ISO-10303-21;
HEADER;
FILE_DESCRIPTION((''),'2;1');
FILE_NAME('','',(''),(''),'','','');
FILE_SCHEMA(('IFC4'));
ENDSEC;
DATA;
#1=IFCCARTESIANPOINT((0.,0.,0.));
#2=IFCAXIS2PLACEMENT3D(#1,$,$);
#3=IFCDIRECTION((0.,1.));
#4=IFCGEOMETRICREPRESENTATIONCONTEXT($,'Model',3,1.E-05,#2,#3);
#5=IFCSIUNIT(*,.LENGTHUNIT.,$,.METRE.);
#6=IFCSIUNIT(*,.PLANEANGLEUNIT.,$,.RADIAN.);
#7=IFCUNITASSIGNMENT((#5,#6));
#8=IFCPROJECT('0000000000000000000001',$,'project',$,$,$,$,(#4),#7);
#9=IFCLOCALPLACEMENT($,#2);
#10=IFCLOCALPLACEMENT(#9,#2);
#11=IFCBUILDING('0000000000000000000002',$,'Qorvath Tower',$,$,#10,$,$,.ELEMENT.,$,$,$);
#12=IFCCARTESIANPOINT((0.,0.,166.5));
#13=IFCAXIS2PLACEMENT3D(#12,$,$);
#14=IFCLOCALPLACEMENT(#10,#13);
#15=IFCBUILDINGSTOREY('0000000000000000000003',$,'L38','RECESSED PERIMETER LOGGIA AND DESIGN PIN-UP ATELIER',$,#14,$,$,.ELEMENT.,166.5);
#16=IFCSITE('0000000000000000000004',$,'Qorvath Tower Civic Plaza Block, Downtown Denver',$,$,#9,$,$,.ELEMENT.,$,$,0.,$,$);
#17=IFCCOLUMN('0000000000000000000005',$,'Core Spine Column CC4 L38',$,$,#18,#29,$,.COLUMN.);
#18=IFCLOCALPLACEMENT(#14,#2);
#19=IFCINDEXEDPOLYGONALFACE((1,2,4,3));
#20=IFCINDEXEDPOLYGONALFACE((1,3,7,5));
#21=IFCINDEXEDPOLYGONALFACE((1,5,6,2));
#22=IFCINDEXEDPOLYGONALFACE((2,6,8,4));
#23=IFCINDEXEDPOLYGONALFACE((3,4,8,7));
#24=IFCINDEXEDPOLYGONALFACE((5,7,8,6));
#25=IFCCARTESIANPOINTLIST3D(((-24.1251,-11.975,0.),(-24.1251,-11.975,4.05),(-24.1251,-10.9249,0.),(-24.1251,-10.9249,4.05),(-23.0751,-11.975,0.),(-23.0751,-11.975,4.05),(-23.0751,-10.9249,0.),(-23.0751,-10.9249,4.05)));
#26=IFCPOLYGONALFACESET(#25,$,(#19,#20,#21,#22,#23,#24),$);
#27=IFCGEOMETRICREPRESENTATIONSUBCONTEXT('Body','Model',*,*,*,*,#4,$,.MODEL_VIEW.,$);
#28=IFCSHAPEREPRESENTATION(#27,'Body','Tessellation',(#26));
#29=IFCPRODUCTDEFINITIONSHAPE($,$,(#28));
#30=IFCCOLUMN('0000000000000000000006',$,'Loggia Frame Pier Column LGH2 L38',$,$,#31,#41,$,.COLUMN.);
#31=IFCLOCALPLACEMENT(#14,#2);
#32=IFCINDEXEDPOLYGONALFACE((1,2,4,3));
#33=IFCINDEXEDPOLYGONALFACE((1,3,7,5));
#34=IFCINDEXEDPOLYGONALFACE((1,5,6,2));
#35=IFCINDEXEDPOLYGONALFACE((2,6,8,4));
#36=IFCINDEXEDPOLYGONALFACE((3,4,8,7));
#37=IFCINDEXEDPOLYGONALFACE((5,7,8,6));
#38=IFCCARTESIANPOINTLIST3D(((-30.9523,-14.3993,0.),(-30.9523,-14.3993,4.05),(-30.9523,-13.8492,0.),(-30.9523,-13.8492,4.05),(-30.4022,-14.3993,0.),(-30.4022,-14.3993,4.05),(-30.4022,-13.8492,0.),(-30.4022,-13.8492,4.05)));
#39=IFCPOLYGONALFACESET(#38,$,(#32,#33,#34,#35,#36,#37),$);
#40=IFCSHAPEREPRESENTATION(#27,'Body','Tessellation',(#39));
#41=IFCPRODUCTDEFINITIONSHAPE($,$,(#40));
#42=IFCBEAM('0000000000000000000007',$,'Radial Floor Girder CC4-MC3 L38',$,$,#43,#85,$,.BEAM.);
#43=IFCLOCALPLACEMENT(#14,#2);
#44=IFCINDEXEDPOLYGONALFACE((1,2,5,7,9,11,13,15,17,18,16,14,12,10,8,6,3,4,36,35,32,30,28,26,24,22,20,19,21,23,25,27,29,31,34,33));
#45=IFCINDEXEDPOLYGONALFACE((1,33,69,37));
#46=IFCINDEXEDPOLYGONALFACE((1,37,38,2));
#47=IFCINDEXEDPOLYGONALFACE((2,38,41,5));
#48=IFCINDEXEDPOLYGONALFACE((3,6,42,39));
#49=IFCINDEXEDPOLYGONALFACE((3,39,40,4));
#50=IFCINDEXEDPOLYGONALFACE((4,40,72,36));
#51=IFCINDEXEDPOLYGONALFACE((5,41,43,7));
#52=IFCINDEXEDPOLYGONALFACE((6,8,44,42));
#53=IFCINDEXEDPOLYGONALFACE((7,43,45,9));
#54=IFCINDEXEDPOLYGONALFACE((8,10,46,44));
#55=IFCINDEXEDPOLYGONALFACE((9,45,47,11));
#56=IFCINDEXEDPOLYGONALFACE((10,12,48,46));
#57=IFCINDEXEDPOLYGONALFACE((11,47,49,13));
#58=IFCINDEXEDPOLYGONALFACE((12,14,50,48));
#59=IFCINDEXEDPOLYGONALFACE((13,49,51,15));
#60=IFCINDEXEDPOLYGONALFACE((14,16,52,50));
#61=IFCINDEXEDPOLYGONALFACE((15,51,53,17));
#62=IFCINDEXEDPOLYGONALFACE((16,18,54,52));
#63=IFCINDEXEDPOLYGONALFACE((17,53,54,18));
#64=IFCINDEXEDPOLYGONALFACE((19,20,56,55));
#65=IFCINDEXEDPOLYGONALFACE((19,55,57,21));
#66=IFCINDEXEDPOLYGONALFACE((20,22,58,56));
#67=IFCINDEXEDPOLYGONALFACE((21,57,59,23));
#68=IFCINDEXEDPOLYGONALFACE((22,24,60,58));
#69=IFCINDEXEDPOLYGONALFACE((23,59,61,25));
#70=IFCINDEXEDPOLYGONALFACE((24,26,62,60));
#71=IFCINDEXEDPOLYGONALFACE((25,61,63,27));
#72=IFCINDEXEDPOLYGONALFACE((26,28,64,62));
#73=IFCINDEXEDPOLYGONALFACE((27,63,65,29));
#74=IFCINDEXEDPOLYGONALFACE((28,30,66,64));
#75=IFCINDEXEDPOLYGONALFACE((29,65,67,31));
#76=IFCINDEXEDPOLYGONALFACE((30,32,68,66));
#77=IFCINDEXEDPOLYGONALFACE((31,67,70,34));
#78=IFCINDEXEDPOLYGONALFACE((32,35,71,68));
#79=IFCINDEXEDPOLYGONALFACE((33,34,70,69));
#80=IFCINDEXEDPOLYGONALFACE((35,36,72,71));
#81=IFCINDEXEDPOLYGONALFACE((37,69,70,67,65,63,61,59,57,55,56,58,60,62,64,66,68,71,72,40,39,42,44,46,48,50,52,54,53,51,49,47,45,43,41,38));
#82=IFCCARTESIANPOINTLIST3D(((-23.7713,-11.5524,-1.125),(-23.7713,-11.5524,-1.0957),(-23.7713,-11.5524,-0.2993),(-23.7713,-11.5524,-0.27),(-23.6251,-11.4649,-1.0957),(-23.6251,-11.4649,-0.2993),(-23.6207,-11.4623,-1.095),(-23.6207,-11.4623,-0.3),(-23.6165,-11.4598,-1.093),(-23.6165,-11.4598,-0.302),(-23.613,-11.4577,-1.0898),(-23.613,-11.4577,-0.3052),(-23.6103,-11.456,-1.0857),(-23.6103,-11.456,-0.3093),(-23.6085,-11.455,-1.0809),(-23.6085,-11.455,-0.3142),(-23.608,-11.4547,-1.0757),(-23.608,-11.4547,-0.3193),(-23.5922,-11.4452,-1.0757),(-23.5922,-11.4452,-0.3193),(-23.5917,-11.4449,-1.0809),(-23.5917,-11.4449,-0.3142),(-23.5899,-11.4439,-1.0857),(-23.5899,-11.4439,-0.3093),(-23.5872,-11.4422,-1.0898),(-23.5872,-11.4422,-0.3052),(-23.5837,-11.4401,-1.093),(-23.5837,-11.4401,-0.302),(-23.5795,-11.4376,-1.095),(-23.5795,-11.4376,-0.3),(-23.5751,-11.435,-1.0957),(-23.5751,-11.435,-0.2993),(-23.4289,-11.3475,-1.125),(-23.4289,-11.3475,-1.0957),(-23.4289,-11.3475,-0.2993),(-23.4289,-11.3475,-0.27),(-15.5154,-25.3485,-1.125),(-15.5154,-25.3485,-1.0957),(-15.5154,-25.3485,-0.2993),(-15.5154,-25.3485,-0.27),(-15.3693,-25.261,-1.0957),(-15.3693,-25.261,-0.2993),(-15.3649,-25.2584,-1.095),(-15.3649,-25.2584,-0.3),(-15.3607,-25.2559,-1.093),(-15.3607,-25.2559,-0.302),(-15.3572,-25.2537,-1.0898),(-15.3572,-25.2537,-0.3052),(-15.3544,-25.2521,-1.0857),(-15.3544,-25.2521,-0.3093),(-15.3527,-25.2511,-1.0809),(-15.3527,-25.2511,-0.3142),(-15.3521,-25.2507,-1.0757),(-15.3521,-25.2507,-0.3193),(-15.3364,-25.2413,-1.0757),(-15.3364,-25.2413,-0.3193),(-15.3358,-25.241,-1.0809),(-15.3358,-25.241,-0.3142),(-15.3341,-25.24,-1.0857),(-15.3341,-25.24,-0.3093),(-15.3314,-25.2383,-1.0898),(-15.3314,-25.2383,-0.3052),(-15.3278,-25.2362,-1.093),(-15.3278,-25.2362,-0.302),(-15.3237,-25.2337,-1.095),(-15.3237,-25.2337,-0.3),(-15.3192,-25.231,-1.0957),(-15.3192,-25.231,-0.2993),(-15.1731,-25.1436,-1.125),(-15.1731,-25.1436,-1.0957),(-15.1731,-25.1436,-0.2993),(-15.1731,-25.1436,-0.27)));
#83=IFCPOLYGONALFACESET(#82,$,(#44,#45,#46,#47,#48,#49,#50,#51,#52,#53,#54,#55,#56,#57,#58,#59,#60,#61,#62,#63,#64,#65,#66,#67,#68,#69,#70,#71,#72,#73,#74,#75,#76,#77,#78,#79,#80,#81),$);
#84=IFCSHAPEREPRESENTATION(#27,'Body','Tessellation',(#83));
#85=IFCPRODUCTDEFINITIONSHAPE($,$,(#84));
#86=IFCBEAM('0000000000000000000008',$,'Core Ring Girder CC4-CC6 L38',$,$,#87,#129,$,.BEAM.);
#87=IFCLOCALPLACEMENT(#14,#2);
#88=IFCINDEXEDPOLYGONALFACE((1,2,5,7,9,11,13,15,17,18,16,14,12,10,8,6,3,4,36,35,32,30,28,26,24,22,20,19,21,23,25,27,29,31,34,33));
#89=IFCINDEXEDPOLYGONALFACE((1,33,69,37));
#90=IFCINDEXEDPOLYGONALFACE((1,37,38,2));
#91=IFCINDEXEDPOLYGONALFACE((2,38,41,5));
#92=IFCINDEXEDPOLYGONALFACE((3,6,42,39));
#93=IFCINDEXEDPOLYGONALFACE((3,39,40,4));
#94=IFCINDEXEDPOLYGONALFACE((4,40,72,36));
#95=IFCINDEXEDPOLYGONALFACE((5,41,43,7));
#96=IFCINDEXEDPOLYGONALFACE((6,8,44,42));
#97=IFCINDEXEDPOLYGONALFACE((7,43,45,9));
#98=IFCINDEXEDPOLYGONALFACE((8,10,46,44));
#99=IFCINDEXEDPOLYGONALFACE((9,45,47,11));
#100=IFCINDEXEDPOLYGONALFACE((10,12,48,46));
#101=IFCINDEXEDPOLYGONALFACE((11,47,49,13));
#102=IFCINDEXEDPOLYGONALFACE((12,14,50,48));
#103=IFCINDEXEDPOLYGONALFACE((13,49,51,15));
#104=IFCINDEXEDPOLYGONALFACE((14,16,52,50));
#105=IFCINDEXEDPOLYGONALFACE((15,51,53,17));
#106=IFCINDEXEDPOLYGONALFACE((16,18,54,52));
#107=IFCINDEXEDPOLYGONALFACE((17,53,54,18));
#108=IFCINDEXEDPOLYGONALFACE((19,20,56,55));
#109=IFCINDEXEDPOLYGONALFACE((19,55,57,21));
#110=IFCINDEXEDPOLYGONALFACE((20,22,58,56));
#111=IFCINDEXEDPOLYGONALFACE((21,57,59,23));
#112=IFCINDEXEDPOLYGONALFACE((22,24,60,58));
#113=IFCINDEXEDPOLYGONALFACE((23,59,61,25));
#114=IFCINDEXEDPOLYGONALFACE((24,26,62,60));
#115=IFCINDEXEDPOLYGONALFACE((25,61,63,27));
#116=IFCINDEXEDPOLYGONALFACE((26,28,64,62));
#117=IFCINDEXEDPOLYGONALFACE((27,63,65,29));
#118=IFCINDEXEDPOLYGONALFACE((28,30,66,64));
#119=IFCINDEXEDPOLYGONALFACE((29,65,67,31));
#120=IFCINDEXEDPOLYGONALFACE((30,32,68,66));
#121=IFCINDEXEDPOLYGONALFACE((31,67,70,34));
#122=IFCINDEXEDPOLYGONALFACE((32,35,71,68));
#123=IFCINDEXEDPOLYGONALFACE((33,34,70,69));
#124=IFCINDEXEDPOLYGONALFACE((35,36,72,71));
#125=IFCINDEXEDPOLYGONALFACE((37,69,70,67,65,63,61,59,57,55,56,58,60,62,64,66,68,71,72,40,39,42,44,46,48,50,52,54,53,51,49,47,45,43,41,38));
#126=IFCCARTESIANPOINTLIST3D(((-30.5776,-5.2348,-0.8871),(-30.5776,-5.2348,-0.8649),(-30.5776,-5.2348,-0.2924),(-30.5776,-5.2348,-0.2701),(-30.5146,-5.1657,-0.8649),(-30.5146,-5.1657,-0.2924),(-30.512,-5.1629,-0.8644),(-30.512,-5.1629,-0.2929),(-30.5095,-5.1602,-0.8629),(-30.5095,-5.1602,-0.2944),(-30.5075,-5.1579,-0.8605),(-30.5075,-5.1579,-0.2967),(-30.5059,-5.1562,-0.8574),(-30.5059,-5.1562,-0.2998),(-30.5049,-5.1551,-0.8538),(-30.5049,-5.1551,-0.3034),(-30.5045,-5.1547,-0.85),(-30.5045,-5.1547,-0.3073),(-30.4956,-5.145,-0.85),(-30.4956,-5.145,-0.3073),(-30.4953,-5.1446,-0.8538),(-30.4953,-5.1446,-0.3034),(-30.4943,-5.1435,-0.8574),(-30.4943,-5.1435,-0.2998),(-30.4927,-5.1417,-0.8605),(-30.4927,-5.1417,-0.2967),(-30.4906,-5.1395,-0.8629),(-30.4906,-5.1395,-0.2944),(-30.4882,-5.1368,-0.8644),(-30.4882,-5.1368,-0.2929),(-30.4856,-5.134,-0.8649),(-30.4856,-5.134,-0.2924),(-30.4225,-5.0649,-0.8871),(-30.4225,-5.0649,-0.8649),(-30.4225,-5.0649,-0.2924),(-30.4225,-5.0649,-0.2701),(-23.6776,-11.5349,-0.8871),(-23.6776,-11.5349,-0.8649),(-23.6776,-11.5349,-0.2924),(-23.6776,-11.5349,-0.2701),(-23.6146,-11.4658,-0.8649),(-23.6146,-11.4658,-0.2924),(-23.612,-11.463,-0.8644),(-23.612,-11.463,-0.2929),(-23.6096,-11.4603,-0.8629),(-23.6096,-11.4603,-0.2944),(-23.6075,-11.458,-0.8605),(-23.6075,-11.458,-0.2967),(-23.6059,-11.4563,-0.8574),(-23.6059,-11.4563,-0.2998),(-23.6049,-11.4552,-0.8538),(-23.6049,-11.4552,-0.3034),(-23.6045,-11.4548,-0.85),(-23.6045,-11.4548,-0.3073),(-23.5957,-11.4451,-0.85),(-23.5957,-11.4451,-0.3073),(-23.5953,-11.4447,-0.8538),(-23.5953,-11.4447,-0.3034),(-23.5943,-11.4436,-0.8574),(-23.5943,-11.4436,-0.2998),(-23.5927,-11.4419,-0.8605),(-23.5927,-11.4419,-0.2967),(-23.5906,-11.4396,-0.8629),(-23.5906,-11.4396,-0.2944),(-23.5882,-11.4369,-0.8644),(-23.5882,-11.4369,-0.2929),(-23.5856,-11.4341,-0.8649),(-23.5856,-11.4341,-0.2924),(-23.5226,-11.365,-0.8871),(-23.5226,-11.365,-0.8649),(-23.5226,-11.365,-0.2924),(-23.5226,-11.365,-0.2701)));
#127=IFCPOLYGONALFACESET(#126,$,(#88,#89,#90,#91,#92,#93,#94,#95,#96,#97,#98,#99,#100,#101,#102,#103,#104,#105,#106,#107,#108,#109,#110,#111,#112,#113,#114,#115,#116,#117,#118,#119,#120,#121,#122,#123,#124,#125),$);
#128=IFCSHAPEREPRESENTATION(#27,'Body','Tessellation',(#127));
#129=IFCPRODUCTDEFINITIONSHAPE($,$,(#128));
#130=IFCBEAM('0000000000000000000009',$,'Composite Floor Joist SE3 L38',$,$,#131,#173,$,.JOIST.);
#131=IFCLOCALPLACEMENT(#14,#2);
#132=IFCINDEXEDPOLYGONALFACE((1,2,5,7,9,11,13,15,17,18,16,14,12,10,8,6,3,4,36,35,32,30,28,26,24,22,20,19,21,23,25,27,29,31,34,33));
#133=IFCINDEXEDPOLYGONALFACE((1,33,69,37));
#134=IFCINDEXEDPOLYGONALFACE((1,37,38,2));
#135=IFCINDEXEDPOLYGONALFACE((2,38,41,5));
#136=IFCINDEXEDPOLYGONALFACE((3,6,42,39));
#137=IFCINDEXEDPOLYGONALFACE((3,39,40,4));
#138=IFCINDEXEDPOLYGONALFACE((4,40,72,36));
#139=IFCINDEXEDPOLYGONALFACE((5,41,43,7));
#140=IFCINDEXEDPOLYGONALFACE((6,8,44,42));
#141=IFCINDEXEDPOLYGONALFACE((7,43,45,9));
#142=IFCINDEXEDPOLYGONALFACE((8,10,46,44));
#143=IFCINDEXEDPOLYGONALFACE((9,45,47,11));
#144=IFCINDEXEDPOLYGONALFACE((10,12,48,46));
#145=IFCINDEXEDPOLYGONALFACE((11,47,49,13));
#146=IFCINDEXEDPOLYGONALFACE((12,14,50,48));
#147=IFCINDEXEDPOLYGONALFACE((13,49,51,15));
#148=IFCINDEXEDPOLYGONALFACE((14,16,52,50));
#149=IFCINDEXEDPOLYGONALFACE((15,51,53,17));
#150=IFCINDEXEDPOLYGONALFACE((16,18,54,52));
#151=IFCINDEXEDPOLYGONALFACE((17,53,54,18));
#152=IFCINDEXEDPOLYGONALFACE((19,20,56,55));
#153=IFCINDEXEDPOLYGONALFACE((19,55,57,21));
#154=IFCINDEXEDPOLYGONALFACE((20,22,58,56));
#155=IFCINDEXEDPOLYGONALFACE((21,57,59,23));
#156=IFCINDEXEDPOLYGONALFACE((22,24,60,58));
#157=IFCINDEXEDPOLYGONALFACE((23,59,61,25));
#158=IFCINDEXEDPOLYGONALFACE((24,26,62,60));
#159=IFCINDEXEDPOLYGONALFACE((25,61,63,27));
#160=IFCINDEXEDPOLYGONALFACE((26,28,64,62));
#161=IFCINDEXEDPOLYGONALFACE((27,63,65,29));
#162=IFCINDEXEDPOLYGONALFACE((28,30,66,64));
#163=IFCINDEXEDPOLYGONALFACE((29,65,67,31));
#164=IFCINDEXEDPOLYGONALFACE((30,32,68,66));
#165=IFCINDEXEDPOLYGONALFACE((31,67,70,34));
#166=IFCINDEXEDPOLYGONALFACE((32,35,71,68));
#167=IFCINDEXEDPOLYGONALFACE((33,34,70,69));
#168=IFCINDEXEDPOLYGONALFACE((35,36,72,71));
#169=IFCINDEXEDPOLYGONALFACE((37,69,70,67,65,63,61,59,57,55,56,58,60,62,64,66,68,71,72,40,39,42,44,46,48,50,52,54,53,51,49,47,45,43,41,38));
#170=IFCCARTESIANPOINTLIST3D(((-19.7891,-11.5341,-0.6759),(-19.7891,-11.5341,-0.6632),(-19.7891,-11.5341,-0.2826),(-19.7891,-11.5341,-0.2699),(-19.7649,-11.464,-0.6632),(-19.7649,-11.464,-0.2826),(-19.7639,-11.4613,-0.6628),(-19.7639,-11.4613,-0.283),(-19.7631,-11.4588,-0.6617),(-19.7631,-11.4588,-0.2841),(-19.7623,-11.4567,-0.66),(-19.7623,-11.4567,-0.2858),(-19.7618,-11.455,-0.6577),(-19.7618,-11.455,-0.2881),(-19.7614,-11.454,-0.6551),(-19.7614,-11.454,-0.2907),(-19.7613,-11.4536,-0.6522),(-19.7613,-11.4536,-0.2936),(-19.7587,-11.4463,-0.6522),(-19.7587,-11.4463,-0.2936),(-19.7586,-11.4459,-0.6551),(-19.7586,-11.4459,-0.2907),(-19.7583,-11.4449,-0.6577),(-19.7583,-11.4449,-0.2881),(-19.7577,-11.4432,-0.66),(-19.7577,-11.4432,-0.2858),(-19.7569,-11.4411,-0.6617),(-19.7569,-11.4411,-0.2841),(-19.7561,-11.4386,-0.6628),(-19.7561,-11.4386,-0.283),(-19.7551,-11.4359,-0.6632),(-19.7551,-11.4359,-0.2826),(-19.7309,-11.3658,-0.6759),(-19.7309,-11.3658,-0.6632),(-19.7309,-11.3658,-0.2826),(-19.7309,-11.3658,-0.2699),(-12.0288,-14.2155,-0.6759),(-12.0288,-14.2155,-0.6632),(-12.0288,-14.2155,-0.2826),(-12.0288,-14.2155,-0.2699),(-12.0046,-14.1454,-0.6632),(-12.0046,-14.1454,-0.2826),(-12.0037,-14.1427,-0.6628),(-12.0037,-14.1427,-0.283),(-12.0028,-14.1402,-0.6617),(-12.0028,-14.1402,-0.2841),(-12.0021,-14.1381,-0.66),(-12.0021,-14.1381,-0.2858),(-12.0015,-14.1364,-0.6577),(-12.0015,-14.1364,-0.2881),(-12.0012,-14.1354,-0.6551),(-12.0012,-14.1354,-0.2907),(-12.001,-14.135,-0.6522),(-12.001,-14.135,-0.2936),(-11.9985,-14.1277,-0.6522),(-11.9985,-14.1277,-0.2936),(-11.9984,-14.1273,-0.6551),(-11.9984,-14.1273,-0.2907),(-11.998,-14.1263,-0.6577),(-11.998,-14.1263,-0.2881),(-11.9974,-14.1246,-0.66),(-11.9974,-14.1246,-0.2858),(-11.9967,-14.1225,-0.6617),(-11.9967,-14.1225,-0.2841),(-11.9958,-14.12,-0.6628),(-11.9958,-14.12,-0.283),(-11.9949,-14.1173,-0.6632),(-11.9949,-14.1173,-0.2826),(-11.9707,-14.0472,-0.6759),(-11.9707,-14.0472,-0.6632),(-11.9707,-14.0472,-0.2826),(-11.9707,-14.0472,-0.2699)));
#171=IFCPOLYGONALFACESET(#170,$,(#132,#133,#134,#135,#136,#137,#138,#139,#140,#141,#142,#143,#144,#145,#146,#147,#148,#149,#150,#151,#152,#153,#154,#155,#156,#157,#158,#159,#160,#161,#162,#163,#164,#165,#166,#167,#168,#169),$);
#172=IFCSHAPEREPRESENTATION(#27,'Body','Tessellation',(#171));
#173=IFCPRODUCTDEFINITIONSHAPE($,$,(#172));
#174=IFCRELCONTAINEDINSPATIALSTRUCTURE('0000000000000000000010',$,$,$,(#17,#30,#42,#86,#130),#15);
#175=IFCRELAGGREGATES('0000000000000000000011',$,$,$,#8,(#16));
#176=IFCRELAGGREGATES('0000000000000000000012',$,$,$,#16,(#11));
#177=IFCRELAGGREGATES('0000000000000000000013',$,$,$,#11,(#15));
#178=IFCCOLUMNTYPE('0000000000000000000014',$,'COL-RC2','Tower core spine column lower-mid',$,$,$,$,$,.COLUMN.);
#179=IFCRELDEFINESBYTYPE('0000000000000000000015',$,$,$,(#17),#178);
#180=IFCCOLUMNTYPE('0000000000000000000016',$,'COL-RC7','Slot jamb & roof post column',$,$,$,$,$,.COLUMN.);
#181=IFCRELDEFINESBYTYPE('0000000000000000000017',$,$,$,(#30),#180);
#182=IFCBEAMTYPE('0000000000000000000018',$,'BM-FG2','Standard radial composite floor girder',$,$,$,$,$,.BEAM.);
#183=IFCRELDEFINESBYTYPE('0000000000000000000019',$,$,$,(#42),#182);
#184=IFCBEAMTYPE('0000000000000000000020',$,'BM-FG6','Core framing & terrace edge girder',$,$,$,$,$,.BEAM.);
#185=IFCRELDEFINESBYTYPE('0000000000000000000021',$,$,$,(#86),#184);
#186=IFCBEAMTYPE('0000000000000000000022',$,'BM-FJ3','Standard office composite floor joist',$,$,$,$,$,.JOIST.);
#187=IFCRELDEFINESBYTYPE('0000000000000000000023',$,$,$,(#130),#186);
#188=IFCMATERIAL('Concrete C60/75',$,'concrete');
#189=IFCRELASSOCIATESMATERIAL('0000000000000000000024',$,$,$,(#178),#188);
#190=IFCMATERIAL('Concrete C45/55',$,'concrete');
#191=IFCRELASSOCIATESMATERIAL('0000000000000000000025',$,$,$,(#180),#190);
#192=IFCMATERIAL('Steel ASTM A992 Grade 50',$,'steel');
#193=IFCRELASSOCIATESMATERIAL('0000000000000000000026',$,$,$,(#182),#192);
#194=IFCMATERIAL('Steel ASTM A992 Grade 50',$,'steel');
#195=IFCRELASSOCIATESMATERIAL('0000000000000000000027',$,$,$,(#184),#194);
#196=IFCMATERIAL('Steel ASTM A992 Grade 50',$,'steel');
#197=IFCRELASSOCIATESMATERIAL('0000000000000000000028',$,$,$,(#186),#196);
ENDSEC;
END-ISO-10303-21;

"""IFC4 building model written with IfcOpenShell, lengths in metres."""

from ifc_helpers import new_model, si_unit, direction, frame, origin, origin_2d, place, context, subcontext, project, spatial, rectangle, i_section, extrude, material, material_profile, profile_set, type_object, element, save


model = new_model("IFC4")

# Units and contexts
model_context = context("Model", 3, precision=1e-05, world=origin(), true_north=direction((0.0, 1.0)))
body_context = subcontext(model_context, "Body", "Model", "MODEL_VIEW")
ifc_project = project(units=[si_unit("LENGTHUNIT", "METRE"), si_unit("PLANEANGLEUNIT", "RADIAN")], contexts=[model_context])

# Site, building, storey
site_placement = place(None, origin())
site = spatial("IfcSite", under=ifc_project, at=site_placement, Name="Qorvath Tower Civic Plaza Block, Downtown Denver", CompositionType="ELEMENT", RefElevation=0.0)
building_placement = place(site_placement, origin())
building = spatial("IfcBuilding", under=site, at=building_placement, Name="Qorvath Tower", CompositionType="ELEMENT")
storey_placement = place(building_placement, frame((0.0, 0.0, 166.5)))
storey = spatial("IfcBuildingStorey", under=building, at=storey_placement, Name="L38", Description="RECESSED PERIMETER LOGGIA AND DESIGN PIN-UP ATELIER", CompositionType="ELEMENT", Elevation=166.5)

# Columns
ifc_material_1 = material(Name="Concrete C60/75", Category="concrete")
ifc_material_profile_1 = material_profile(ifc_material_1, rectangle(XDim=1.05, YDim=1.05, at=origin_2d()), Name="RC 1050x1050")
ifc_profile_set_1 = profile_set([ifc_material_profile_1], Name="Concrete C60/75")
column_type_1 = type_object("IfcColumnType", Name="COL-RC2", Description="Tower core spine column lower-mid", PredefinedType="COLUMN", material=ifc_profile_set_1)
column_1_placement = place(storey_placement, frame((-23.6001, -11.45, 0.0), z_axis=(0.0, 0.0, 1.0), x_axis=(1.0, 0.0, 0.0)))
element("IfcColumn", 1, at=column_1_placement, inside=storey, type_object=column_type_1, Name="Core Spine Column CC4 L38", PredefinedType="COLUMN", context=body_context, shape_type="SweptSolid", body=[
    extrude(rectangle(XDim=1.05, YDim=1.05, at=origin_2d()), origin(), (0.0, 0.0, 1.0), 4.05),
])
ifc_material_2 = material(Name="Concrete C45/55", Category="concrete")
ifc_material_profile_2 = material_profile(ifc_material_2, rectangle(XDim=0.55, YDim=0.55, at=origin_2d()), Name="RC 550x550")
ifc_profile_set_2 = profile_set([ifc_material_profile_2], Name="Concrete C45/55")
column_type_2 = type_object("IfcColumnType", Name="COL-RC7", Description="Slot jamb & roof post column", PredefinedType="COLUMN", material=ifc_profile_set_2)
column_2_placement = place(storey_placement, frame((-30.6772, -14.1243, 0.0), z_axis=(0.0, 0.0, 1.0), x_axis=(1.0, 0.0, 0.0)))
element("IfcColumn", 2, at=column_2_placement, inside=storey, type_object=column_type_2, Name="Loggia Frame Pier Column LGH2 L38", PredefinedType="COLUMN", context=body_context, shape_type="SweptSolid", body=[
    extrude(rectangle(XDim=0.55, YDim=0.55, at=origin_2d()), origin(), (0.0, 0.0, 1.0), 4.05),
])

# Beams
ifc_material_3 = material(Name="Steel ASTM A992 Grade 50", Category="steel")
ifc_material_profile_3 = material_profile(ifc_material_3, i_section(OverallWidth=0.3989, OverallDepth=0.855, WebThickness=0.0183, FlangeThickness=0.0293, FilletRadius=0.02, at=origin_2d()), Name="W33x201")
ifc_profile_set_3 = profile_set([ifc_material_profile_3], Name="Steel ASTM A992 Grade 50")
beam_type_1 = type_object("IfcBeamType", Name="BM-FG2", Description="Standard radial composite floor girder", PredefinedType="BEAM", material=ifc_profile_set_3)
beam_1_placement = place(storey_placement, frame((-23.6001, -11.45, -0.6975), z_axis=(0.513497, -0.858091, 0.0), x_axis=(0.858091, 0.513497, 0.0)))
element("IfcBeam", 3, at=beam_1_placement, inside=storey, type_object=beam_type_1, Name="Radial Floor Girder CC4-MC3 L38", PredefinedType="BEAM", context=body_context, shape_type="SweptSolid", body=[
    extrude(i_section(OverallWidth=0.3989, OverallDepth=0.855, WebThickness=0.0183, FlangeThickness=0.0293, FilletRadius=0.02, at=origin_2d()), origin(), (0.0, 0.0, 1.0), 16.0776),
])
ifc_material_4 = material(Name="Steel ASTM A992 Grade 50", Category="steel")
ifc_material_profile_4 = material_profile(ifc_material_4, i_section(OverallWidth=0.23, OverallDepth=0.6169, WebThickness=0.0132, FlangeThickness=0.0222, FilletRadius=0.0149, at=origin_2d()), Name="W24x94")
ifc_profile_set_4 = profile_set([ifc_material_profile_4], Name="Steel ASTM A992 Grade 50")
beam_type_2 = type_object("IfcBeamType", Name="BM-FG6", Description="Core framing & terrace edge girder", PredefinedType="BEAM", material=ifc_profile_set_4)
beam_2_placement = place(storey_placement, frame((-23.6001, -11.45, -0.5786), z_axis=(-0.738478, 0.674277, 0.0), x_axis=(-0.674277, -0.738478, 0.0)))
element("IfcBeam", 4, at=beam_2_placement, inside=storey, type_object=beam_type_2, Name="Core Ring Girder CC4-CC6 L38", PredefinedType="BEAM", context=body_context, shape_type="SweptSolid", body=[
    extrude(i_section(OverallWidth=0.23, OverallDepth=0.6169, WebThickness=0.0132, FlangeThickness=0.0222, FilletRadius=0.0149, at=origin_2d()), origin(), (0.0, 0.0, 1.0), 9.3435),
])
ifc_material_5 = material(Name="Steel ASTM A992 Grade 50", Category="steel")
ifc_material_profile_5 = material_profile(ifc_material_5, i_section(OverallWidth=0.178, OverallDepth=0.406, WebThickness=0.0078, FlangeThickness=0.0127, FilletRadius=0.011, at=origin_2d()), Name="W16x40")
ifc_profile_set_5 = profile_set([ifc_material_profile_5], Name="Steel ASTM A992 Grade 50")
beam_type_3 = type_object("IfcBeamType", Name="BM-FJ3", Description="Standard office composite floor joist", PredefinedType="JOIST", material=ifc_profile_set_5)
beam_3_placement = place(storey_placement, frame((-19.76, -11.45, -0.4729), z_axis=(0.945168, -0.326584, 0.0), x_axis=(0.326584, 0.945168, 0.0)))
element("IfcBeam", 5, at=beam_3_placement, inside=storey, type_object=beam_type_3, Name="Composite Floor Joist SE3 L38", PredefinedType="JOIST", context=body_context, shape_type="SweptSolid", body=[
    extrude(i_section(OverallWidth=0.178, OverallDepth=0.406, WebThickness=0.0078, FlangeThickness=0.0127, FilletRadius=0.011, at=origin_2d()), origin(), (0.0, 0.0, 1.0), 8.2104),
])

save(model, "model.ifc")
